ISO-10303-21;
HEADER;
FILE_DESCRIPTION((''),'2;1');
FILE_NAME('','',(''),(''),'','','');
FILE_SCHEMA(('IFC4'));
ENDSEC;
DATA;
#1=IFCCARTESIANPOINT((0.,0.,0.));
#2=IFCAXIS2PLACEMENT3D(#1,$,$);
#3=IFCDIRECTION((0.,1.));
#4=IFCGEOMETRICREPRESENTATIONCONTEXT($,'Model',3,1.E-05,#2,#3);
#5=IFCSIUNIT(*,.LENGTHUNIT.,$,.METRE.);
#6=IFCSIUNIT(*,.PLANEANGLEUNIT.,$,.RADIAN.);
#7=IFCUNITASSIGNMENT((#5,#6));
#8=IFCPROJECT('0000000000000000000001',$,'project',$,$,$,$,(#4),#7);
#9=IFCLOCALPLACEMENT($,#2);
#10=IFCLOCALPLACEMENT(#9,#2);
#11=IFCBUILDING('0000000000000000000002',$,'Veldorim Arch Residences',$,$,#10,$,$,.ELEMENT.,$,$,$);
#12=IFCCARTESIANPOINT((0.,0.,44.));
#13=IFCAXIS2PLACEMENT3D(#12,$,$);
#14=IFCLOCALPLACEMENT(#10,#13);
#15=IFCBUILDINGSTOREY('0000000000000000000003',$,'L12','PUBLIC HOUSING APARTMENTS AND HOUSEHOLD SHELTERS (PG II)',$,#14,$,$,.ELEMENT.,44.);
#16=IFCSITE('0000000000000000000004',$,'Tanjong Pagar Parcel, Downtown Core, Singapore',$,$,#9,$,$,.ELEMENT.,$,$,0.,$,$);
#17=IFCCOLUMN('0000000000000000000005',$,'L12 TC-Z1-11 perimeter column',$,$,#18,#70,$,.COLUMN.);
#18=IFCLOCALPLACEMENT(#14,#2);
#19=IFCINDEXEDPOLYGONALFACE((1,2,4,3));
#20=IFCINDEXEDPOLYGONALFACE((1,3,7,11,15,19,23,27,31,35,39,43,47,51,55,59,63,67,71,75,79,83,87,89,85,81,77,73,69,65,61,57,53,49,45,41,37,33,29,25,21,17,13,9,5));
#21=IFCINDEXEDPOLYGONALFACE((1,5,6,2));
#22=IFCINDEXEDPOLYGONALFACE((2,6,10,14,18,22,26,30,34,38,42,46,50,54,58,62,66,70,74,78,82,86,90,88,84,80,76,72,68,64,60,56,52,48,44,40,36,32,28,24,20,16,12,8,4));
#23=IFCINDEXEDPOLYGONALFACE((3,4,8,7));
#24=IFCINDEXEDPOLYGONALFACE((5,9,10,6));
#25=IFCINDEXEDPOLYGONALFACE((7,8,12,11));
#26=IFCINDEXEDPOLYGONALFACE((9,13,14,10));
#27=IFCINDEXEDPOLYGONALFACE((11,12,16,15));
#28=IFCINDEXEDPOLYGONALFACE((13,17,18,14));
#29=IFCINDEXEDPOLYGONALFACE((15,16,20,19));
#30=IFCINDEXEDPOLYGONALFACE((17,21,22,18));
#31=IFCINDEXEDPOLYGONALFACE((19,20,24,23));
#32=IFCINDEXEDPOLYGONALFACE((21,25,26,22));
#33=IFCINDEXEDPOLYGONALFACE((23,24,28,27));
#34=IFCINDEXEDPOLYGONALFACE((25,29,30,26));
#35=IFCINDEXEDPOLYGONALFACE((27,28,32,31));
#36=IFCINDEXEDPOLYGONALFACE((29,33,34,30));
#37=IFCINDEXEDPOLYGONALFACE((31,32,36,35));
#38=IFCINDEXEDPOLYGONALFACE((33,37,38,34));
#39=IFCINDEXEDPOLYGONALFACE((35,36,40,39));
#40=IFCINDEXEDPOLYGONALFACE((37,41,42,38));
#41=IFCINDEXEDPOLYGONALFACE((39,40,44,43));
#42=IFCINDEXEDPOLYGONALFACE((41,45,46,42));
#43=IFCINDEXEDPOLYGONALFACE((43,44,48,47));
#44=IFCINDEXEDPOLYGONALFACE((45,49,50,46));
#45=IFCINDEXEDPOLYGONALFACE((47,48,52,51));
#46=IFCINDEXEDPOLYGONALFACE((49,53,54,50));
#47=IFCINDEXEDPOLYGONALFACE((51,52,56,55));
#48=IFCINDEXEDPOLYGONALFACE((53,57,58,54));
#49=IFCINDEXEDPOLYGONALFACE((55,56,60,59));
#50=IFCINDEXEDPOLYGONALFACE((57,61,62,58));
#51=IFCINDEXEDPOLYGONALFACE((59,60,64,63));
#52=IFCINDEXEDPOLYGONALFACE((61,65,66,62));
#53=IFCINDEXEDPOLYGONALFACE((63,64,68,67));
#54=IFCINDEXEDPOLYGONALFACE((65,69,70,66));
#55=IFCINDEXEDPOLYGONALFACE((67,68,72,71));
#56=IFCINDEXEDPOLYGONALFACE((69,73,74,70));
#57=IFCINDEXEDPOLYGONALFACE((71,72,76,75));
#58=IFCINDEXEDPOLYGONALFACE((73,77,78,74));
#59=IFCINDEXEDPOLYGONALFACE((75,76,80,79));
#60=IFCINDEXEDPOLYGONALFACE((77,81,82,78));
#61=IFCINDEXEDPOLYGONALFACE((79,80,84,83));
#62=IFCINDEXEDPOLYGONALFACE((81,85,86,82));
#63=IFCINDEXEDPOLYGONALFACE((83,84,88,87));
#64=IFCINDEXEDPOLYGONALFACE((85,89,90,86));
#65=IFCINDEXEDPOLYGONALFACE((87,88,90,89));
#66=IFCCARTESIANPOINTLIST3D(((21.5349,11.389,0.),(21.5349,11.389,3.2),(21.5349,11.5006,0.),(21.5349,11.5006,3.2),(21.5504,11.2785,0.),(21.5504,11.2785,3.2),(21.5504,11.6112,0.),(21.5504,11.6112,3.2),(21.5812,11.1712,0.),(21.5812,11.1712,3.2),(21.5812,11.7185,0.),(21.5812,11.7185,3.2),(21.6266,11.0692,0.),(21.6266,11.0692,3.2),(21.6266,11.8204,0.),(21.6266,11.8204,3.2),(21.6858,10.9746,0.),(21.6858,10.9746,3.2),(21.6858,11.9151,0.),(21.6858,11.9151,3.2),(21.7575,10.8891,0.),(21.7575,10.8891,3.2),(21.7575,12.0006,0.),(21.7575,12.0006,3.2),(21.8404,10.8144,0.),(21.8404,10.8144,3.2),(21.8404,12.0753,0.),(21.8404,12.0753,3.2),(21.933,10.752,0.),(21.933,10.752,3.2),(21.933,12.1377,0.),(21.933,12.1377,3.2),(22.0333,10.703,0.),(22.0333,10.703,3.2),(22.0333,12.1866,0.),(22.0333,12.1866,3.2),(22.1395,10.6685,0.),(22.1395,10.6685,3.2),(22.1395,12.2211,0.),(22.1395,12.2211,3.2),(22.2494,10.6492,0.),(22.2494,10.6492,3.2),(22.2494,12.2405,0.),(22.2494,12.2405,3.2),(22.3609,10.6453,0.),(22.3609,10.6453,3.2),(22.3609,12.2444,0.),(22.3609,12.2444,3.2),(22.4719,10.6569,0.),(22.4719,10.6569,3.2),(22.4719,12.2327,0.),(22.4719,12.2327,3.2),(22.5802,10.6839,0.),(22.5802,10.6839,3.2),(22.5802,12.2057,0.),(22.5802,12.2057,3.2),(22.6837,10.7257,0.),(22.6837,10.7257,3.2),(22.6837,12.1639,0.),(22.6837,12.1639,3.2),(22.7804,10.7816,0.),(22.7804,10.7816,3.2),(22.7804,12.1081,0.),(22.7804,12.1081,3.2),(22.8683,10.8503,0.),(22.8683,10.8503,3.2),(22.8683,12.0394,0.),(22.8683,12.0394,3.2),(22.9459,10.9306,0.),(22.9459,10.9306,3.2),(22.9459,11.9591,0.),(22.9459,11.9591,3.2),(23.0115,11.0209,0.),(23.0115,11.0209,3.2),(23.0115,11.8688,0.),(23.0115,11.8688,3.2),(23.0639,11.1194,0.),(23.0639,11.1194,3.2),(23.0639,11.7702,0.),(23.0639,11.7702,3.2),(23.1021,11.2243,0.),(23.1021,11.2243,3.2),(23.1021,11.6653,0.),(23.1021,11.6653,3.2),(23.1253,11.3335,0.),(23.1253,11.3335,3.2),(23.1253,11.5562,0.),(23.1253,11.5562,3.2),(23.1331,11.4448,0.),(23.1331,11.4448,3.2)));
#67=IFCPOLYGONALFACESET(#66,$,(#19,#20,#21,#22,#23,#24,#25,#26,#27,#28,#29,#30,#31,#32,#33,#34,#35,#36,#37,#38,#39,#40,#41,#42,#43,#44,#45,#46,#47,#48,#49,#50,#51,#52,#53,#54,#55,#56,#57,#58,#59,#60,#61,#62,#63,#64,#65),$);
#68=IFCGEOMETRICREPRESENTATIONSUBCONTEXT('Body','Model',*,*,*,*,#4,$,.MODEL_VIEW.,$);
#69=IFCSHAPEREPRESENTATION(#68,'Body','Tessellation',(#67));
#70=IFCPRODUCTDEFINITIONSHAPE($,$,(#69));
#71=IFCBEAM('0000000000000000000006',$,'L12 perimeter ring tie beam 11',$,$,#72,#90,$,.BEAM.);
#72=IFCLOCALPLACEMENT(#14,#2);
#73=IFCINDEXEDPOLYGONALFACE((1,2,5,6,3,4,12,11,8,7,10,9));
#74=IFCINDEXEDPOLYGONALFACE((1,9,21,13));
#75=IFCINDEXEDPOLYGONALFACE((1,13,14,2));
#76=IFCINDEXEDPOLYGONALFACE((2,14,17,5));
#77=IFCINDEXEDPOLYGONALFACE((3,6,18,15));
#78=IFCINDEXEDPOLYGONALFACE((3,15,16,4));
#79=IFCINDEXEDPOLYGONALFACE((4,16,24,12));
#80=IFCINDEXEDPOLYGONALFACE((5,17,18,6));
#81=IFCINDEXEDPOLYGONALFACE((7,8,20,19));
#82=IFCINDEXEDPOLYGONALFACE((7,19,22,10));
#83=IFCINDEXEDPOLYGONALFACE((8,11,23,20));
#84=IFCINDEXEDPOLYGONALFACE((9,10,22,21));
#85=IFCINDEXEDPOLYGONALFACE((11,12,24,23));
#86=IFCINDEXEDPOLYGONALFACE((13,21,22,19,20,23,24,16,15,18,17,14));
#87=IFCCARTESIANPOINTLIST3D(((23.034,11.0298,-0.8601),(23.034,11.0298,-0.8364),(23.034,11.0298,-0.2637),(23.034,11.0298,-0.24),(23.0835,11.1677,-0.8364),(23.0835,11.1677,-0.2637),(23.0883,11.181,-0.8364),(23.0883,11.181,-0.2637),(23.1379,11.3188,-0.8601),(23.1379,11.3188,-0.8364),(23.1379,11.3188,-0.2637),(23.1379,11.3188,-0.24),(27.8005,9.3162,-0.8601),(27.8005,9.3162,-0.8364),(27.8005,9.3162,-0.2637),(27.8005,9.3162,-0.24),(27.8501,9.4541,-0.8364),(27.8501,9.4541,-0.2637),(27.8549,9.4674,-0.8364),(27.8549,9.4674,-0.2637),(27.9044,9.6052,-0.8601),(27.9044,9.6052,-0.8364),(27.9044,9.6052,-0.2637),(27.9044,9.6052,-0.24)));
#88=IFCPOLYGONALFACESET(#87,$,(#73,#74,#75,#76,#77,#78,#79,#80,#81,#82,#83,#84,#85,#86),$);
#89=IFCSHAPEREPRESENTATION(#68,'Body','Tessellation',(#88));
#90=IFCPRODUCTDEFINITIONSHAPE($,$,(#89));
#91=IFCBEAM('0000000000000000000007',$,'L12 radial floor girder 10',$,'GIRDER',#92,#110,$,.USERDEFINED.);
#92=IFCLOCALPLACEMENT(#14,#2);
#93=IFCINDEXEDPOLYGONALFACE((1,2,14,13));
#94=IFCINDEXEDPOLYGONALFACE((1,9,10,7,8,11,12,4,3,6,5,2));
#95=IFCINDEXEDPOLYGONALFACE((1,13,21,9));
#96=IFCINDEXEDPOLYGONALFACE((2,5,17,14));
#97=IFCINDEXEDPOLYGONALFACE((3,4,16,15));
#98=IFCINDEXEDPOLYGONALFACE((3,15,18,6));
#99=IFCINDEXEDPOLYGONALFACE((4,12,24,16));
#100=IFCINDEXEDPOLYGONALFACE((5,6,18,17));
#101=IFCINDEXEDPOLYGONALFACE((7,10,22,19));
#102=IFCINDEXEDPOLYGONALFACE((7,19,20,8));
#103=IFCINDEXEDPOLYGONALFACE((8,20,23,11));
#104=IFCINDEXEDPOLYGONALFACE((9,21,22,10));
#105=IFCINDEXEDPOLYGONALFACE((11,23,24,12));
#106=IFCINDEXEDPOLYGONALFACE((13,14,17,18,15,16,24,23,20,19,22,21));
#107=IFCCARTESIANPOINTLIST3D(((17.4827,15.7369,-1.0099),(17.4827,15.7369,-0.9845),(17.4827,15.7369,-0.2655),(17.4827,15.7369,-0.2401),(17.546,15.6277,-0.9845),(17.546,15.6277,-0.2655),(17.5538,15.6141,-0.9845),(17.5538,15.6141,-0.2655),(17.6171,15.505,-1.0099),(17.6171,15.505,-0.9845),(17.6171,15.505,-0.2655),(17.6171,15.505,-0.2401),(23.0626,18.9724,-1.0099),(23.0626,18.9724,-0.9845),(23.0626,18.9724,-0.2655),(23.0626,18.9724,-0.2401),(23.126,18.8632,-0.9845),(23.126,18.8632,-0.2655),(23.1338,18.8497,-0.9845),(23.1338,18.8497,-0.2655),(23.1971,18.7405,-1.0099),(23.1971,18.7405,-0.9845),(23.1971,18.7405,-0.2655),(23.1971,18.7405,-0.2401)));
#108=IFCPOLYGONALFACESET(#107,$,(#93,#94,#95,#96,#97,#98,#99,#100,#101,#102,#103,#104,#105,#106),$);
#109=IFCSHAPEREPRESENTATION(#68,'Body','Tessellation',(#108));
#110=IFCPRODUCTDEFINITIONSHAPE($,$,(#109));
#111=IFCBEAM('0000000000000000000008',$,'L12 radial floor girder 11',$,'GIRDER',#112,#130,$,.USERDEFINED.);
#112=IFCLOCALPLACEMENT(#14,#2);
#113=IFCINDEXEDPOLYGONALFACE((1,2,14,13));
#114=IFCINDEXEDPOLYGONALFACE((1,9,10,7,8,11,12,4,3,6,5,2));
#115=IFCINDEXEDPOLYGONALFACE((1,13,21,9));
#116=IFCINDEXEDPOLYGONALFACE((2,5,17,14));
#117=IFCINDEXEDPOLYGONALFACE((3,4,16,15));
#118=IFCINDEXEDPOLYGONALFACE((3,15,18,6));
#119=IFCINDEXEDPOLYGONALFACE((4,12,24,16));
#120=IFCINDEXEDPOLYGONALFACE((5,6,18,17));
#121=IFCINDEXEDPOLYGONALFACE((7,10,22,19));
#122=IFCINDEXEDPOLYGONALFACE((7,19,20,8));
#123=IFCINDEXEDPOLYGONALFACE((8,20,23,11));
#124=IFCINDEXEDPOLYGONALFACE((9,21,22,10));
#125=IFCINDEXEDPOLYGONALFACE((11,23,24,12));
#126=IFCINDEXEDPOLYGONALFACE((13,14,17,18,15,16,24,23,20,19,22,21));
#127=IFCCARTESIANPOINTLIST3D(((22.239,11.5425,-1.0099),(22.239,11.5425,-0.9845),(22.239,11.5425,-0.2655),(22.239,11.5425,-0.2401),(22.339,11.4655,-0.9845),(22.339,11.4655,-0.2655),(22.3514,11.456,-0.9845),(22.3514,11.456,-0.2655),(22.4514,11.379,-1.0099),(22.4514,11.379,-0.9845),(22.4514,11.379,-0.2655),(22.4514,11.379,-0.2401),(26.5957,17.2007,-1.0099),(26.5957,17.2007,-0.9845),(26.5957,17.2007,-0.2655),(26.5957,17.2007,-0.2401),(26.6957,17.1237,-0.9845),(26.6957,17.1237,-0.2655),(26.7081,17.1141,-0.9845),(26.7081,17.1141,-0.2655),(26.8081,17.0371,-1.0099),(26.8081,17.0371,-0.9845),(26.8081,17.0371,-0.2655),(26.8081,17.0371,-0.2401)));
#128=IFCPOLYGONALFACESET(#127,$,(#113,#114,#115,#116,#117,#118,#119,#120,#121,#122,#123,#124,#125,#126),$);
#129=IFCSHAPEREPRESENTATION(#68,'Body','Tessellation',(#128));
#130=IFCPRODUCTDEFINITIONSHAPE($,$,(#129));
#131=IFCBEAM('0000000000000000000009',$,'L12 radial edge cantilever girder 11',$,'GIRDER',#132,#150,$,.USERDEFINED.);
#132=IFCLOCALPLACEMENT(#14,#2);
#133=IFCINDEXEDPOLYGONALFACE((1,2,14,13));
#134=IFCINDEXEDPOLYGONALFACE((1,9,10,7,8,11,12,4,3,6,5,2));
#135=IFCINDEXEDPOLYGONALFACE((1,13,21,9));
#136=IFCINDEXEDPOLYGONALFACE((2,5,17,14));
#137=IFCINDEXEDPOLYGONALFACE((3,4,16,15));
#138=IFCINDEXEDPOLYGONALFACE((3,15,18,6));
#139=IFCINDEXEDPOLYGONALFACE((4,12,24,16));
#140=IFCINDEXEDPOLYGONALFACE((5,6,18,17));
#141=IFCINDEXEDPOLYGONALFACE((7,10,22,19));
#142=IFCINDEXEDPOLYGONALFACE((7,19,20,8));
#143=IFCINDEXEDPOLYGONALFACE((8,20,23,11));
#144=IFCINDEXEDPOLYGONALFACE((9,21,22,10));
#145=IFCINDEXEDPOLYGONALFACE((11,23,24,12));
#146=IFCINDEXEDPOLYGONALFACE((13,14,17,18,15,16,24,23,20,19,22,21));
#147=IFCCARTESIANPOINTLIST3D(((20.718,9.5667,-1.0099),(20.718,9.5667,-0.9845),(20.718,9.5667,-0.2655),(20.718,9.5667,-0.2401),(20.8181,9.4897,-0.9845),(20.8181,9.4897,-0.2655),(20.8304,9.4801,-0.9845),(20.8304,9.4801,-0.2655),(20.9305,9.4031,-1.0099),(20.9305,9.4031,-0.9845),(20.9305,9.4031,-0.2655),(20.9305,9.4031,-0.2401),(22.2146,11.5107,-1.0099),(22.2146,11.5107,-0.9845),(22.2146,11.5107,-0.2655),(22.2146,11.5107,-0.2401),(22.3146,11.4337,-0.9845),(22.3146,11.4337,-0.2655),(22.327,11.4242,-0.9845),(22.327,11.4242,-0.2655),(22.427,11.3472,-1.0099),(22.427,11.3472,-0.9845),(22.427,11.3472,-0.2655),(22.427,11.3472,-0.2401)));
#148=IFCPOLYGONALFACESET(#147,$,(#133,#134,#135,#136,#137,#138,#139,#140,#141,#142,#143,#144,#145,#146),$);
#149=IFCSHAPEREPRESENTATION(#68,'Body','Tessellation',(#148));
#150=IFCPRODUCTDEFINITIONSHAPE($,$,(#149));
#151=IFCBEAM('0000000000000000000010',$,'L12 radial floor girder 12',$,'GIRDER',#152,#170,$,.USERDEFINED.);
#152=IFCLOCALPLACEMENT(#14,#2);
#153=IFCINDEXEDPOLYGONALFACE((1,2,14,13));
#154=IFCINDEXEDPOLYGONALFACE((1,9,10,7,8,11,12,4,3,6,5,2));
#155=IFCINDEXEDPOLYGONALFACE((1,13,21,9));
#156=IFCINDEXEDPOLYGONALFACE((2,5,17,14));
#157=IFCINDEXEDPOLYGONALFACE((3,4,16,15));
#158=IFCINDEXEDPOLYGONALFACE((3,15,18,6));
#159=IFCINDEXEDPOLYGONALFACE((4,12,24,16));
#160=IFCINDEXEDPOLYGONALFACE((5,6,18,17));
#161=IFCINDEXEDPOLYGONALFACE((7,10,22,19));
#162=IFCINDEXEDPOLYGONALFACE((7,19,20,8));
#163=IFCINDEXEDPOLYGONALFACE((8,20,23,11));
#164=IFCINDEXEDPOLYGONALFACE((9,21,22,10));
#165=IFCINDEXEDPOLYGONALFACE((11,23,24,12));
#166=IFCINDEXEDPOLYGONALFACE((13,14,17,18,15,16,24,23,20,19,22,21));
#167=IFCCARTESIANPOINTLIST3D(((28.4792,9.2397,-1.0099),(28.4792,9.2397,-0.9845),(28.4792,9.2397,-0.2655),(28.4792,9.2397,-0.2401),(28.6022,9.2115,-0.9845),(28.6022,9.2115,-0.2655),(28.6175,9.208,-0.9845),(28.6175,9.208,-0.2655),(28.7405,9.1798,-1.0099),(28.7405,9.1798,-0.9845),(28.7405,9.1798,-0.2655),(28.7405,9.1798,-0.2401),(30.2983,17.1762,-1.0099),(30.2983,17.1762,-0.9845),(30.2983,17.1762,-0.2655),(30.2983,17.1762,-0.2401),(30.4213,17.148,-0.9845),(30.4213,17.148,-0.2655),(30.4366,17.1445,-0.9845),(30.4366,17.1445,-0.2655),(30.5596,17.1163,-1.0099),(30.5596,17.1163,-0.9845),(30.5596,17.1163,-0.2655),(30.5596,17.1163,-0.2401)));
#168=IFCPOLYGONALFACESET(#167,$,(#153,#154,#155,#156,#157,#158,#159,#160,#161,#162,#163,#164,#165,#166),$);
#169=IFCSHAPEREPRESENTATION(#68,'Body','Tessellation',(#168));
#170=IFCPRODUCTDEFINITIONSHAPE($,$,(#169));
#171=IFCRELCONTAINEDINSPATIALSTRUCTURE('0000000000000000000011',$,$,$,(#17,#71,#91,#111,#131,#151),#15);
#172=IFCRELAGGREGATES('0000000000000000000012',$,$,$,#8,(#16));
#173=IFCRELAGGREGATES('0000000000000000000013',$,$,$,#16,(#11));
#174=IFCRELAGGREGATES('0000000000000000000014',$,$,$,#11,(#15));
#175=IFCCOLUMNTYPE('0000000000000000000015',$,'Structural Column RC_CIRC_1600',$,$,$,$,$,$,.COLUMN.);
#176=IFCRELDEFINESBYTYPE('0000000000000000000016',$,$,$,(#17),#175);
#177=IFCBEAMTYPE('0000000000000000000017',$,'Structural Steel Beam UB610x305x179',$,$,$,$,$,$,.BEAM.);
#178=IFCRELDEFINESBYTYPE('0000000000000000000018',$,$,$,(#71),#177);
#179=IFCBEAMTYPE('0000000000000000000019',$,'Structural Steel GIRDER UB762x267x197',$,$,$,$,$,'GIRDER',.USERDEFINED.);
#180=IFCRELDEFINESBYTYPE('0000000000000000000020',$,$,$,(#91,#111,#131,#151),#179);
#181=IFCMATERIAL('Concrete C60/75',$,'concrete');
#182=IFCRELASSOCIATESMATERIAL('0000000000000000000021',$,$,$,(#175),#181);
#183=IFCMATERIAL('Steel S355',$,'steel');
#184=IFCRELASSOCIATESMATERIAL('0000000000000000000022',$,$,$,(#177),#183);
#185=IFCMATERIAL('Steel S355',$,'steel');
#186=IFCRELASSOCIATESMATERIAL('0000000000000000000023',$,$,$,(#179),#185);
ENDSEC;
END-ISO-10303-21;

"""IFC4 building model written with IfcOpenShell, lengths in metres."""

from ifc_helpers import new_model, si_unit, direction, frame, origin, origin_2d, place, context, subcontext, project, spatial, circle, i_section, extrude, material, material_profile, profile_set, type_object, element, save


model = new_model("IFC4")

# Units and contexts
model_context = context("Model", 3, precision=1e-05, world=origin(), true_north=direction((0.0, 1.0)))
body_context = subcontext(model_context, "Body", "Model", "MODEL_VIEW")
ifc_project = project(units=[si_unit("LENGTHUNIT", "METRE"), si_unit("PLANEANGLEUNIT", "RADIAN")], contexts=[model_context])

# Site, building, storey
site_placement = place(None, origin())
site = spatial("IfcSite", under=ifc_project, at=site_placement, Name="Tanjong Pagar Parcel, Downtown Core, Singapore", CompositionType="ELEMENT", RefElevation=0.0)
building_placement = place(site_placement, origin())
building = spatial("IfcBuilding", under=site, at=building_placement, Name="Veldorim Arch Residences", CompositionType="ELEMENT")
storey_placement = place(building_placement, frame((0.0, 0.0, 44.0)))
storey = spatial("IfcBuildingStorey", under=building, at=storey_placement, Name="L12", Description="PUBLIC HOUSING APARTMENTS AND HOUSEHOLD SHELTERS (PG II)", CompositionType="ELEMENT", Elevation=44.0)

# Column
ifc_material_1 = material(Name="Concrete C60/75", Category="concrete")
ifc_material_profile_1 = material_profile(ifc_material_1, circle(Radius=0.8, at=origin_2d()), Name="RC_CIRC_1600")
ifc_profile_set_1 = profile_set([ifc_material_profile_1], Name="Concrete C60/75")
column_type = type_object("IfcColumnType", Name="Structural Column RC_CIRC_1600", PredefinedType="COLUMN", material=ifc_profile_set_1)
column_placement = place(storey_placement, frame((22.333, 11.4448, 0.0), z_axis=(0.0, 0.0, 1.0), x_axis=(1.0, 0.0, 0.0)))
element("IfcColumn", 1, at=column_placement, inside=storey, type_object=column_type, Name="L12 TC-Z1-11 perimeter column", PredefinedType="COLUMN", context=body_context, shape_type="SweptSolid", body=[
    extrude(circle(Radius=0.8, at=origin_2d()), origin(), (0.0, 0.0, 1.0), 3.2),
])

# Beams
ifc_material_2 = material(Name="Steel S355", Category="steel")
ifc_material_profile_2 = material_profile(ifc_material_2, i_section(OverallWidth=0.3071, OverallDepth=0.6201, WebThickness=0.0142, FlangeThickness=0.0237, at=origin_2d()), Name="UB610x305x179")
ifc_profile_set_2 = profile_set([ifc_material_profile_2], Name="Steel S355")
beam_type_1 = type_object("IfcBeamType", Name="Structural Steel Beam UB610x305x179", PredefinedType="BEAM", material=ifc_profile_set_2)
beam_1_placement = place(storey_placement, frame((23.0859, 11.1743, -0.55), z_axis=(0.941035, -0.338308, 0.0), x_axis=(0.338308, 0.941035, 0.0)))
element("IfcBeam", 2, at=beam_1_placement, inside=storey, type_object=beam_type_1, Name="L12 perimeter ring tie beam 11", PredefinedType="BEAM", context=body_context, shape_type="SweptSolid", body=[
    extrude(i_section(OverallWidth=0.3071, OverallDepth=0.6201, WebThickness=0.0142, FlangeThickness=0.0237, at=origin_2d()), origin(), (0.0, 0.0, 1.0), 5.0652),
])
ifc_material_3 = material(Name="Steel S355", Category="steel")
ifc_material_profile_3 = material_profile(ifc_material_3, i_section(OverallWidth=0.2681, OverallDepth=0.7698, WebThickness=0.0156, FlangeThickness=0.0254, at=origin_2d()), Name="UB762x267x197")
ifc_profile_set_3 = profile_set([ifc_material_profile_3], Name="Steel S355")
beam_type_2 = type_object("IfcBeamType", Name="Structural Steel GIRDER UB762x267x197", ElementType="GIRDER", PredefinedType="USERDEFINED", material=ifc_profile_set_3)
beam_2_placement = place(storey_placement, frame((23.1299, 18.8564, -0.625), z_axis=(-0.865088, -0.50162, 0.0), x_axis=(0.50162, -0.865088, 0.0)))
element("IfcBeam", 3, at=beam_2_placement, inside=storey, type_object=beam_type_2, Name="L12 radial floor girder 10", ObjectType="GIRDER", PredefinedType="USERDEFINED", context=body_context, shape_type="SweptSolid", body=[
    extrude(i_section(OverallWidth=0.2681, OverallDepth=0.7698, WebThickness=0.0156, FlangeThickness=0.0254, at=origin_2d()), origin(), (0.0, 0.0, 1.0), 6.4502),
])
beam_3_placement = place(storey_placement, frame((26.7019, 17.1189, -0.625), z_axis=(-0.610082, -0.792338, 0.0), x_axis=(0.792338, -0.610082, 0.0)))
element("IfcBeam", 4, at=beam_3_placement, inside=storey, type_object=beam_type_2, Name="L12 radial floor girder 11", ObjectType="GIRDER", PredefinedType="USERDEFINED", context=body_context, shape_type="SweptSolid", body=[
    extrude(i_section(OverallWidth=0.2681, OverallDepth=0.7698, WebThickness=0.0156, FlangeThickness=0.0254, at=origin_2d()), origin(), (0.0, 0.0, 1.0), 7.1411),
])
beam_4_placement = place(storey_placement, frame((22.3208, 11.429, -0.625), z_axis=(-0.609999, -0.792402, 0.0), x_axis=(0.792402, -0.609999, 0.0)))
element("IfcBeam", 5, at=beam_4_placement, inside=storey, type_object=beam_type_2, Name="L12 radial edge cantilever girder 11", ObjectType="GIRDER", PredefinedType="USERDEFINED", context=body_context, shape_type="SweptSolid", body=[
    extrude(i_section(OverallWidth=0.2681, OverallDepth=0.7698, WebThickness=0.0156, FlangeThickness=0.0254, at=origin_2d()), origin(), (0.0, 0.0, 1.0), 2.4534),
])
beam_5_placement = place(storey_placement, frame((30.429, 17.1462, -0.625), z_axis=(-0.223412, -0.974724, 0.0), x_axis=(0.974724, -0.223412, 0.0)))
element("IfcBeam", 6, at=beam_5_placement, inside=storey, type_object=beam_type_2, Name="L12 radial floor girder 12", ObjectType="GIRDER", PredefinedType="USERDEFINED", context=body_context, shape_type="SweptSolid", body=[
    extrude(i_section(OverallWidth=0.2681, OverallDepth=0.7698, WebThickness=0.0156, FlangeThickness=0.0254, at=origin_2d()), origin(), (0.0, 0.0, 1.0), 8.1423),
])

save(model, "model.ifc")
